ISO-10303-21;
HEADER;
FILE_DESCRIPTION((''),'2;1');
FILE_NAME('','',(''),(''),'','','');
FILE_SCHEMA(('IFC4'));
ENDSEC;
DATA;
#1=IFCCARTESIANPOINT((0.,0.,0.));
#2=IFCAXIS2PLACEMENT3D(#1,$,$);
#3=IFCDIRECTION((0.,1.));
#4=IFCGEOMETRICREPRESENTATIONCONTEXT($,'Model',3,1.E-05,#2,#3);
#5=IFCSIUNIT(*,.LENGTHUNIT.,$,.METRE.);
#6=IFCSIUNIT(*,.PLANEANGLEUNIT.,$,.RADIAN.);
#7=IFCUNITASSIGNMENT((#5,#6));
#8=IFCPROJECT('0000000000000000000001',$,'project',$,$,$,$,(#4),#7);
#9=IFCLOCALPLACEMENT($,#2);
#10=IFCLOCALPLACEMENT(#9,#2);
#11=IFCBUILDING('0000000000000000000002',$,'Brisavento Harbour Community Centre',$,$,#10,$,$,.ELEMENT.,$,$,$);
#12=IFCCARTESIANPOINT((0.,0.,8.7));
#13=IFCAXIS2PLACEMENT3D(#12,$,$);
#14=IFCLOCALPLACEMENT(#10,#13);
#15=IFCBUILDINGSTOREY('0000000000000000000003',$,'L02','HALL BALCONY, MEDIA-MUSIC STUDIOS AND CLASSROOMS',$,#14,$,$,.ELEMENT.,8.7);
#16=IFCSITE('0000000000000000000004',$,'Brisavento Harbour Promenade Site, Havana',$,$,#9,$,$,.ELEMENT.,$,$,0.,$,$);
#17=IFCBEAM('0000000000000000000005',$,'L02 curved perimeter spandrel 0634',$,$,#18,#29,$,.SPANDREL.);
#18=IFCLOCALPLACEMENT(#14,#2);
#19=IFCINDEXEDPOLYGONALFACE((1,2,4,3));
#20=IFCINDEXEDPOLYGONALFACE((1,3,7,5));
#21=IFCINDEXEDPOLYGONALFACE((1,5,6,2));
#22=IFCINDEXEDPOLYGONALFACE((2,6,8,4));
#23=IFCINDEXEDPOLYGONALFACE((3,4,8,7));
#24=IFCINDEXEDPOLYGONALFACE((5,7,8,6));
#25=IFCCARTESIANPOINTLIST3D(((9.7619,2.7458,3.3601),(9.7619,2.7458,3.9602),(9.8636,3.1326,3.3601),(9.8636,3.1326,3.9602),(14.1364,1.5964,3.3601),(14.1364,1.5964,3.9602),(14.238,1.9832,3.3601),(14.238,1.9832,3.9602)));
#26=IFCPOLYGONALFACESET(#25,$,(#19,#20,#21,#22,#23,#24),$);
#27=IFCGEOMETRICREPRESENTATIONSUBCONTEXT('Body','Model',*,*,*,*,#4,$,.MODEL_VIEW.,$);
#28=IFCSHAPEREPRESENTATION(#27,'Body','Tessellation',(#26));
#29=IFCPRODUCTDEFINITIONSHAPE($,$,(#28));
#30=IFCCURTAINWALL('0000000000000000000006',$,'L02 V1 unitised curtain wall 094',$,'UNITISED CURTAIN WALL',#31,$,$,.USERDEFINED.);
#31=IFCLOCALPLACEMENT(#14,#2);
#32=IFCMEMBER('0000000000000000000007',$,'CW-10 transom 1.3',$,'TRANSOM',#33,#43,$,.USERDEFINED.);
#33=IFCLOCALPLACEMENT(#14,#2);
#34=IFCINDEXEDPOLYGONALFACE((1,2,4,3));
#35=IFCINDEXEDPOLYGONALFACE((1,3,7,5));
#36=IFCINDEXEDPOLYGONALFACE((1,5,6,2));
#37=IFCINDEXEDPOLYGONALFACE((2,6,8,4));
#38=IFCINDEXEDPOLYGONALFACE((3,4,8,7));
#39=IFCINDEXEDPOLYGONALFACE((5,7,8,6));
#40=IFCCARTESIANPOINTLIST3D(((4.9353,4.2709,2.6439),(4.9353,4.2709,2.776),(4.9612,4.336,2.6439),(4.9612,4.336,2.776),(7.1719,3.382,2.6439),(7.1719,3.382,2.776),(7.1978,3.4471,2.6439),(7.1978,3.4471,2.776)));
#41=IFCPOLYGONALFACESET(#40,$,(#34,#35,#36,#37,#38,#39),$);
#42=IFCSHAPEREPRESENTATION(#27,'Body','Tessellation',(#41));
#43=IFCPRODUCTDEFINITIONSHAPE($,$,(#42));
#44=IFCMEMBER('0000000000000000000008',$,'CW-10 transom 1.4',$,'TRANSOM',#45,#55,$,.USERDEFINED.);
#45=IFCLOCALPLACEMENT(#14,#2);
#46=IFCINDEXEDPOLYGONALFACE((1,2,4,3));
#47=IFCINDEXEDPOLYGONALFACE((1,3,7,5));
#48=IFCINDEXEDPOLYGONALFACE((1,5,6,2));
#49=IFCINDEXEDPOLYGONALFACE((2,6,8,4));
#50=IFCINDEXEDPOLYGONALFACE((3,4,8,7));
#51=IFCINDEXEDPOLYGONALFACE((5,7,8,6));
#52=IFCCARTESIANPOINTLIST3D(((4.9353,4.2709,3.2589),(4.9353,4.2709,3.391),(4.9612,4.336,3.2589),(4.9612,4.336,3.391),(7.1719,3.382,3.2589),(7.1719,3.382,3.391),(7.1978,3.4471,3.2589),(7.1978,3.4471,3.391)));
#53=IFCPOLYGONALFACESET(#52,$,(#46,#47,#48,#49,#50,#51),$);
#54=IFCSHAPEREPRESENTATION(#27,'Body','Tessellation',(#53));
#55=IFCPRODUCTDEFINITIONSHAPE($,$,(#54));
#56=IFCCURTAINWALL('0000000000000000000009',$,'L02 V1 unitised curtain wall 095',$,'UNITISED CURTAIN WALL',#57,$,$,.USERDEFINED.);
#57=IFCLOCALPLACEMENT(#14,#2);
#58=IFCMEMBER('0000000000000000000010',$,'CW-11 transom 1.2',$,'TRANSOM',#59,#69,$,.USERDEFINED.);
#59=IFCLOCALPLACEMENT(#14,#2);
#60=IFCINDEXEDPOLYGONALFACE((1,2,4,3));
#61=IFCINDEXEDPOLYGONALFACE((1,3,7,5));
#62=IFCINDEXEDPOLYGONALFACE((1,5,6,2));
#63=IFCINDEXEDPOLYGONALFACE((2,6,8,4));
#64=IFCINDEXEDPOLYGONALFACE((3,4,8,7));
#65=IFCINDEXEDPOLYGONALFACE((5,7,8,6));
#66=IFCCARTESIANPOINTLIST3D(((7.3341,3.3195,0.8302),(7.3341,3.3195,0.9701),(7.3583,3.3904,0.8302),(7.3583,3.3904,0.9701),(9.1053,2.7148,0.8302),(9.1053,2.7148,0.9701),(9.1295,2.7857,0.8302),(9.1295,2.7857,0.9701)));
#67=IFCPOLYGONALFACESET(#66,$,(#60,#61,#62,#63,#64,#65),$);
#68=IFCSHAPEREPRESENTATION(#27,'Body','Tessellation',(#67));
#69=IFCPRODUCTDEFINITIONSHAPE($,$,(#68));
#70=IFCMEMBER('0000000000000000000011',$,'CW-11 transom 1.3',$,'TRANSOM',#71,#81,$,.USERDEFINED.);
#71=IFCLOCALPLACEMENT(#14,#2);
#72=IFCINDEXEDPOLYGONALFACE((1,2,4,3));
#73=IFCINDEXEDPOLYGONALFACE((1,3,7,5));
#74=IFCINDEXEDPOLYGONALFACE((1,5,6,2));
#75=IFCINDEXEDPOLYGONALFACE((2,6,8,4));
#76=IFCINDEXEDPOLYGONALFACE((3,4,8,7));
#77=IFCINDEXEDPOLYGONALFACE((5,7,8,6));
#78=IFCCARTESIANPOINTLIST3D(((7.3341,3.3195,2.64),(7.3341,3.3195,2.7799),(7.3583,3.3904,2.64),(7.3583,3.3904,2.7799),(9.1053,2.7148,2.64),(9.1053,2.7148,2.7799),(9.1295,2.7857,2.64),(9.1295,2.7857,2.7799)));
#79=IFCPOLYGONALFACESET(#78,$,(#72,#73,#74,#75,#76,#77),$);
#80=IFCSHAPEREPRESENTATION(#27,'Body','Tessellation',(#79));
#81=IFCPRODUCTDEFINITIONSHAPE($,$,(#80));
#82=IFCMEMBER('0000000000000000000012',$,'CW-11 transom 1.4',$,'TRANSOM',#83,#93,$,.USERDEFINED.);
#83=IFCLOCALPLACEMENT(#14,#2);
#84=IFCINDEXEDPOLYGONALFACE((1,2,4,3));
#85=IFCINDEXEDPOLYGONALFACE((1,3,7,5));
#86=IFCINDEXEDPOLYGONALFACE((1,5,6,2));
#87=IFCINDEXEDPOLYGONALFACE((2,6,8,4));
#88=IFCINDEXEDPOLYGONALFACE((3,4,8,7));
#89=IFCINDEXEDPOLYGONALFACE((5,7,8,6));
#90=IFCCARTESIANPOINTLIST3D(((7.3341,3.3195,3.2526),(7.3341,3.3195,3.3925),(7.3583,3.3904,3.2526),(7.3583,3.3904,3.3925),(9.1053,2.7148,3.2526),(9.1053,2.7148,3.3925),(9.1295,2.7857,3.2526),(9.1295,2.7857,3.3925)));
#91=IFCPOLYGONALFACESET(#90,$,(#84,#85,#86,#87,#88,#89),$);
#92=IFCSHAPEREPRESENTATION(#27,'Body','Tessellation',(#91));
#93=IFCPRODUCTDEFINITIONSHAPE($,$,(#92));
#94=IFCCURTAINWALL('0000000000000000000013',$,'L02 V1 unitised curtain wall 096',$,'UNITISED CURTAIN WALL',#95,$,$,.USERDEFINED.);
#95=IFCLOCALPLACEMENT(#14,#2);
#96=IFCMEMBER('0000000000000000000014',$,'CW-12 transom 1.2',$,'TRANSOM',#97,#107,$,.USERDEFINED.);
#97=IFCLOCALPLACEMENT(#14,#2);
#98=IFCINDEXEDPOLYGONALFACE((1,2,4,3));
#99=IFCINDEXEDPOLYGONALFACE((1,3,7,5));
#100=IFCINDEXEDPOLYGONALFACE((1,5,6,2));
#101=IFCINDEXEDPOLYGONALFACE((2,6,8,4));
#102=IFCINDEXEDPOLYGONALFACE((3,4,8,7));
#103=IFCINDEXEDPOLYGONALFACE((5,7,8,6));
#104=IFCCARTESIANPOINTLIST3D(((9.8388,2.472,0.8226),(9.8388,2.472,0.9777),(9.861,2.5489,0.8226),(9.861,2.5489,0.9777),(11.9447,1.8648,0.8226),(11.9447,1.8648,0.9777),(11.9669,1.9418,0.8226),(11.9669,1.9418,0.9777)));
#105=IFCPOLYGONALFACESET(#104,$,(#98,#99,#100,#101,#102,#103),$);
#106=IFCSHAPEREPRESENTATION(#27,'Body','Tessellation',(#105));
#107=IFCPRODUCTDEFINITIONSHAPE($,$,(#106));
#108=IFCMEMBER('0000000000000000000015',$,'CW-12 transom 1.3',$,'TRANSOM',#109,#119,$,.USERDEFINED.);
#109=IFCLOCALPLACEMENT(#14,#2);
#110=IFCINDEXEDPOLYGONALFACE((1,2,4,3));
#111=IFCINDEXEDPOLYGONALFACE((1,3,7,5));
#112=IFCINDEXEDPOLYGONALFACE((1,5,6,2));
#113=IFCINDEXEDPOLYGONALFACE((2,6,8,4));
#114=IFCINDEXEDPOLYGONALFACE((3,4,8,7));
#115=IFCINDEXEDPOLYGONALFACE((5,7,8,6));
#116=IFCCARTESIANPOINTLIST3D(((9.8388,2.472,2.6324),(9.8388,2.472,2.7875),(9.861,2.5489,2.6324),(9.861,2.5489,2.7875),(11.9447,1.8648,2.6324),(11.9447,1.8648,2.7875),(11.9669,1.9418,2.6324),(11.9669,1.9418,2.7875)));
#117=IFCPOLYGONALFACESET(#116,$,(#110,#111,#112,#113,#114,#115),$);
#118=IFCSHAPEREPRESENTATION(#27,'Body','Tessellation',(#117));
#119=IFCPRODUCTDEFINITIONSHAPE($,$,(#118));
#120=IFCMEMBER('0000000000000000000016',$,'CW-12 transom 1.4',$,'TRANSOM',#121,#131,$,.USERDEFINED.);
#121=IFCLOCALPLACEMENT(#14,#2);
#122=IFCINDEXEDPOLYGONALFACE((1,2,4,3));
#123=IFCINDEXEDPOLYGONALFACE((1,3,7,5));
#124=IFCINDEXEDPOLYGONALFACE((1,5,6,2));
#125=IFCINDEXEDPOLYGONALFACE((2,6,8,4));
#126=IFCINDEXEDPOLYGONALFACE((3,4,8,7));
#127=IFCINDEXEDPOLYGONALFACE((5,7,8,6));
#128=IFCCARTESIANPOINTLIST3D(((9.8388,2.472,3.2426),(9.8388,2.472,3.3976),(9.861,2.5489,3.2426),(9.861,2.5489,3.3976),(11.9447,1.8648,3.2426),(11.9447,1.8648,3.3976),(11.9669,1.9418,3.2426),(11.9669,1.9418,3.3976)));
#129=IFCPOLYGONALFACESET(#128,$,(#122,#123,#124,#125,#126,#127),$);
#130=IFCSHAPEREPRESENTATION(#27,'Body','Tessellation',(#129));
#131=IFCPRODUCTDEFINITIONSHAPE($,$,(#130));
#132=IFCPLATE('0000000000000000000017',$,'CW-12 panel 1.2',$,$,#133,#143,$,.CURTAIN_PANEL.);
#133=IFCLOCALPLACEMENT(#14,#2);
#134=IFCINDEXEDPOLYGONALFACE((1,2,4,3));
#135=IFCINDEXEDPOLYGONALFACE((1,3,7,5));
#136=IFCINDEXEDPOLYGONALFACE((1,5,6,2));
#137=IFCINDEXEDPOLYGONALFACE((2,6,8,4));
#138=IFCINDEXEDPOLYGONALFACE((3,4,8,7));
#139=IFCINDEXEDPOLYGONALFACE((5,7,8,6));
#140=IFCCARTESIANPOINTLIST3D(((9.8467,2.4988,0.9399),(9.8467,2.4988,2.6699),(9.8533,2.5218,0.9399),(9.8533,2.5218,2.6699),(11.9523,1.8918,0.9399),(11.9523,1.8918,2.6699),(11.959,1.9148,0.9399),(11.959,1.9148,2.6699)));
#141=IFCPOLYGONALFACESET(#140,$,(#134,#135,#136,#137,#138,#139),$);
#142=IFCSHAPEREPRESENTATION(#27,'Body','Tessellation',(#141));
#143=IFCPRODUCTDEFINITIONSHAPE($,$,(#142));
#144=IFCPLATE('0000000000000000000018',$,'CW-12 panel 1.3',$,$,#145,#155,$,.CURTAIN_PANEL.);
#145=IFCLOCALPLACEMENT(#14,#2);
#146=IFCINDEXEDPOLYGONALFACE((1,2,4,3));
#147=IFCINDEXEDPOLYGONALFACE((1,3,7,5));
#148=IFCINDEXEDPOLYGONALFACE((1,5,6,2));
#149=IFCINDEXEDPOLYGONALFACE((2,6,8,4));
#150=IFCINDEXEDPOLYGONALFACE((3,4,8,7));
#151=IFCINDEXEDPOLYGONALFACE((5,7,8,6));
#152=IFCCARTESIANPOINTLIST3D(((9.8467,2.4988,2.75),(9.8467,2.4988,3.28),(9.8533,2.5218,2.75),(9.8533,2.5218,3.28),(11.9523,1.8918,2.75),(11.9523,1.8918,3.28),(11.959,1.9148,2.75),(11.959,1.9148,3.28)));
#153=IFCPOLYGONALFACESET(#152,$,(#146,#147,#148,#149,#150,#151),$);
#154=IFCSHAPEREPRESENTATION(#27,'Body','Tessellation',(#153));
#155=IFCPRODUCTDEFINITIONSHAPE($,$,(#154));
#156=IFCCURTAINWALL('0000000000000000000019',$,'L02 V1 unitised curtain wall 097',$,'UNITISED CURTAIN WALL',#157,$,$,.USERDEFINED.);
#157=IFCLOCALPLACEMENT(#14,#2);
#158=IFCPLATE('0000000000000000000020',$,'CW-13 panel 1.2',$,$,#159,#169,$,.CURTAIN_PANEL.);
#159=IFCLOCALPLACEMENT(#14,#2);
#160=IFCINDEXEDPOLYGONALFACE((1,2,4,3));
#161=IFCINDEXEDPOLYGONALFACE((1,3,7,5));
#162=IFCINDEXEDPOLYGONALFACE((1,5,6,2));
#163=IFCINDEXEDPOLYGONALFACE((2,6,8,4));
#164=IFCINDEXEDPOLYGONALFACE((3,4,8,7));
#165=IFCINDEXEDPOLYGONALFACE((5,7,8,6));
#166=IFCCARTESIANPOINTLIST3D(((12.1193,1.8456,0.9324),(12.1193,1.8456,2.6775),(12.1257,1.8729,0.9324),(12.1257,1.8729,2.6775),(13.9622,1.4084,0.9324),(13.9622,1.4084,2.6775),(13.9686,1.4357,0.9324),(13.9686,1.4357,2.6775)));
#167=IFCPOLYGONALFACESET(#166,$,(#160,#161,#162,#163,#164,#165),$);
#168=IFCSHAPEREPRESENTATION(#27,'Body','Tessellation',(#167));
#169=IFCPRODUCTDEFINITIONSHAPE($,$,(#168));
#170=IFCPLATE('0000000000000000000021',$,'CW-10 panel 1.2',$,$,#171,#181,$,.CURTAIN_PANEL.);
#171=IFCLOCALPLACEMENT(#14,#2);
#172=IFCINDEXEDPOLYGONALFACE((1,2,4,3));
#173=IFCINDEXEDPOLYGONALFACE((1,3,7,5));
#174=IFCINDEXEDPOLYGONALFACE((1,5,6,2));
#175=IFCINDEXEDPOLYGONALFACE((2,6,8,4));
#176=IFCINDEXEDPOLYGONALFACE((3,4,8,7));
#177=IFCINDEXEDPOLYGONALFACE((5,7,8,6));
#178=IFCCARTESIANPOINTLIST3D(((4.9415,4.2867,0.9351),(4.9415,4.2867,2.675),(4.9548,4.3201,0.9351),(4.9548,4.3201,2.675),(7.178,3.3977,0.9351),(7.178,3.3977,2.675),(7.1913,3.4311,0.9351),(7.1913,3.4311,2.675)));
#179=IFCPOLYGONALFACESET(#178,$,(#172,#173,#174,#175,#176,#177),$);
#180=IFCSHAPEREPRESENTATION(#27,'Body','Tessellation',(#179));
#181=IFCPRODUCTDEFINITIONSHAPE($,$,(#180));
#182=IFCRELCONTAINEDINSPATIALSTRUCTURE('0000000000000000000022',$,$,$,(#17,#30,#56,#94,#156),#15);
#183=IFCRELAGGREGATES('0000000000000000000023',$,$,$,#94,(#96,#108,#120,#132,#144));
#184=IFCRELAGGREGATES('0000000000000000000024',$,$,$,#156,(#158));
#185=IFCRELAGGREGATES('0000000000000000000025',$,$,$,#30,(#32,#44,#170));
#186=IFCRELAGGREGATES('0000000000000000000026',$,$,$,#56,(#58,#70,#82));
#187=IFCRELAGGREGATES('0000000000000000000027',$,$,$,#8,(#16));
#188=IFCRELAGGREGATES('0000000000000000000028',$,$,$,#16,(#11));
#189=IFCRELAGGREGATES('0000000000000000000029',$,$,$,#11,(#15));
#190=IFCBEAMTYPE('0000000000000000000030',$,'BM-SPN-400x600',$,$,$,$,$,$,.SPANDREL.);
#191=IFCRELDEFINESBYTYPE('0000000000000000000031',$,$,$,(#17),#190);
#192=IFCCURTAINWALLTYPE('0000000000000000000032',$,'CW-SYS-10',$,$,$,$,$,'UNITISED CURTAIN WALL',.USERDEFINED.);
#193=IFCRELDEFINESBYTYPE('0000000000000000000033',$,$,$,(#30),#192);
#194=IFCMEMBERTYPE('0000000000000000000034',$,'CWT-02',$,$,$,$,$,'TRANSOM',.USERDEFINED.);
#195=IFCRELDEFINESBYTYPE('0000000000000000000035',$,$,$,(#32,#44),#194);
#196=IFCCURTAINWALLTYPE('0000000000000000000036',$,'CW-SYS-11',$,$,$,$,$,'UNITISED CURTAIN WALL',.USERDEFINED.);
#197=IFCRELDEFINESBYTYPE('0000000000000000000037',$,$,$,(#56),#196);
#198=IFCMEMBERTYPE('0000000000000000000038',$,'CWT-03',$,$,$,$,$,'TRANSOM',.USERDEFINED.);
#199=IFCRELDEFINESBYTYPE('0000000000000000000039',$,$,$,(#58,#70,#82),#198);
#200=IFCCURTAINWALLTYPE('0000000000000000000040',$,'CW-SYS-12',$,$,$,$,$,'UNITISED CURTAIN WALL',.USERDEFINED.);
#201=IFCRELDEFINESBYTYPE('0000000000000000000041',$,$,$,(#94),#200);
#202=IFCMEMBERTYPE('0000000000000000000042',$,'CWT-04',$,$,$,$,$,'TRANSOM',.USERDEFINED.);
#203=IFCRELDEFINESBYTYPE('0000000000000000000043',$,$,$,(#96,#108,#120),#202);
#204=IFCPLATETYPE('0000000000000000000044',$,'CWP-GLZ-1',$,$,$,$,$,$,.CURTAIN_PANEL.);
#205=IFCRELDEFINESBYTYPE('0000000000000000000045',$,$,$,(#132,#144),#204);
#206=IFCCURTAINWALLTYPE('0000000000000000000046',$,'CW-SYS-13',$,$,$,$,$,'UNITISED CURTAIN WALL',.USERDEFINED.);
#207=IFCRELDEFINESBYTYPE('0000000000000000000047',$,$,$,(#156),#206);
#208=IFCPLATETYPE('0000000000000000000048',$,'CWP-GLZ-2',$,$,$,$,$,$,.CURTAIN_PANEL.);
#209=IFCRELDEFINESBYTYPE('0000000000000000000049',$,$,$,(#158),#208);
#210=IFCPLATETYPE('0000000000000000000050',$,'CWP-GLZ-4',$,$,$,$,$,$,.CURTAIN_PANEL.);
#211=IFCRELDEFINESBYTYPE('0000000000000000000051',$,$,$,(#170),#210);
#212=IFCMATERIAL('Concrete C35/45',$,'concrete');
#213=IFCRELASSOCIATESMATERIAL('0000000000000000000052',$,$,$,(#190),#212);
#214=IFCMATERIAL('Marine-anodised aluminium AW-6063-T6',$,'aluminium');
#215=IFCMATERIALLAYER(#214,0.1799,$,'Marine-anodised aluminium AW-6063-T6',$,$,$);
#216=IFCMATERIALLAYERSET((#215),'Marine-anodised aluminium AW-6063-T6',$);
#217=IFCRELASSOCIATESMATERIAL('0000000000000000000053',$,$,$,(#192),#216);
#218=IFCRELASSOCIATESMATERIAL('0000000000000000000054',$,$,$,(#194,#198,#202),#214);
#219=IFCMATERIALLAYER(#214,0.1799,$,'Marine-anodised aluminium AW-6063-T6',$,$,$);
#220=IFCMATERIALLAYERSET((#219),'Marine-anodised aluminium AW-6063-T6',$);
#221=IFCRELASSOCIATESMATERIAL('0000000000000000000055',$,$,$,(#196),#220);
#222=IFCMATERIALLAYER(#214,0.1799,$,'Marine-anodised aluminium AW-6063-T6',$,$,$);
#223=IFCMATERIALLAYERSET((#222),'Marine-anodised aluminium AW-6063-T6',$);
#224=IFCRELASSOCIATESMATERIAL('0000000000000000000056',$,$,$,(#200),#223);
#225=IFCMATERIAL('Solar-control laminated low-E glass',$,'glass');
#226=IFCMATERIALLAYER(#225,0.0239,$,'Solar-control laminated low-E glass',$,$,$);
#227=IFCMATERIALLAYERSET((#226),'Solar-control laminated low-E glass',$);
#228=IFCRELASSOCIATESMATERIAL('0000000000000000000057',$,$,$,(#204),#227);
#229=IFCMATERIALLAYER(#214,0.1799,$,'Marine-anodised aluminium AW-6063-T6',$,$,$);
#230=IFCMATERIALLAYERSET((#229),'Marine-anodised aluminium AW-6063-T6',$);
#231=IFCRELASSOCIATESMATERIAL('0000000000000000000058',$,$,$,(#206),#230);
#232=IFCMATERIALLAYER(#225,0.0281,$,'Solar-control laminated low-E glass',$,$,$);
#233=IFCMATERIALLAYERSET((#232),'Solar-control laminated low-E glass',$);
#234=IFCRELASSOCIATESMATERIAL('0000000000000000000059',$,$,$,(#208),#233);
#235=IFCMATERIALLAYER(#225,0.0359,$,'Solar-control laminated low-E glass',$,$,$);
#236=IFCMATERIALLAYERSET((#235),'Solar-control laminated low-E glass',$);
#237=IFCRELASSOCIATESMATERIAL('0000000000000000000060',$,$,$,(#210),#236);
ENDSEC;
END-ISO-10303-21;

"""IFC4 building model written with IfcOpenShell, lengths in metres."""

from ifc_helpers import new_model, si_unit, direction, frame, origin, origin_2d, place, context, subcontext, project, spatial, rectangle, extrude, material, layer, layer_set, material_profile, profile_set, type_object, element, aggregate, save


model = new_model("IFC4")

# Units and contexts
model_context = context("Model", 3, precision=1e-05, world=origin(), true_north=direction((0.0, 1.0)))
body_context = subcontext(model_context, "Body", "Model", "MODEL_VIEW")
ifc_project = project(units=[si_unit("LENGTHUNIT", "METRE"), si_unit("PLANEANGLEUNIT", "RADIAN")], contexts=[model_context])

# Site, building, storey
site_placement = place(None, origin())
site = spatial("IfcSite", under=ifc_project, at=site_placement, Name="Brisavento Harbour Promenade Site, Havana", CompositionType="ELEMENT", RefElevation=0.0)
building_placement = place(site_placement, origin())
building = spatial("IfcBuilding", under=site, at=building_placement, Name="Brisavento Harbour Community Centre", CompositionType="ELEMENT")
storey_placement = place(building_placement, frame((0.0, 0.0, 8.7)))
storey = spatial("IfcBuildingStorey", under=building, at=storey_placement, Name="L02", Description="HALL BALCONY, MEDIA-MUSIC STUDIOS AND CLASSROOMS", CompositionType="ELEMENT", Elevation=8.7)

# Beam
ifc_material_1 = material(Name="Concrete C35/45", Category="concrete")
ifc_material_profile_1 = material_profile(ifc_material_1, rectangle(XDim=0.3999, YDim=0.6001, at=origin_2d()), Name="Concrete C35/45")
ifc_profile_set_1 = profile_set([ifc_material_profile_1], Name="Concrete C35/45")
beam_type = type_object("IfcBeamType", Name="BM-SPN-400x600", PredefinedType="SPANDREL", material=ifc_profile_set_1)
beam_placement = place(storey_placement, frame((9.8127, 2.9392, 3.6602), z_axis=(0.967171, -0.254127, 0.0), x_axis=(0.254127, 0.967171, 0.0)))
element("IfcBeam", 1, at=beam_placement, inside=storey, type_object=beam_type, Name="L02 curved perimeter spandrel 0634", PredefinedType="SPANDREL", context=body_context, shape_type="SweptSolid", body=[
    extrude(rectangle(XDim=0.3999, YDim=0.6001, at=origin_2d()), origin(), (0.0, 0.0, 1.0), 4.5229),
])

# Curtain walls, members
ifc_material_2 = material(Name="Marine-anodised aluminium AW-6063-T6", Category="aluminium")
ifc_layer_1 = layer(ifc_material_2, 0.1799, Name="Marine-anodised aluminium AW-6063-T6")
ifc_layer_set_1 = layer_set([ifc_layer_1], Name="Marine-anodised aluminium AW-6063-T6")
curtain_wall_type_1 = type_object("IfcCurtainWallType", Name="CW-SYS-10", ElementType="UNITISED CURTAIN WALL", PredefinedType="USERDEFINED", material=ifc_layer_set_1)
curtain_wall_1_placement = place(storey_placement, origin())
curtain_wall_1 = element("IfcCurtainWall", 2, at=curtain_wall_1_placement, inside=storey, type_object=curtain_wall_type_1, Name="L02 V1 unitised curtain wall 094", ObjectType="UNITISED CURTAIN WALL", PredefinedType="USERDEFINED")
ifc_material_profile_2 = material_profile(ifc_material_2, rectangle(XDim=0.0701, YDim=0.1321, at=origin_2d()), Name="Marine-anodised aluminium AW-6063-T6")
ifc_profile_set_2 = profile_set([ifc_material_profile_2], Name="Marine-anodised aluminium AW-6063-T6")
member_type_1 = type_object("IfcMemberType", Name="CWT-02", ElementType="TRANSOM", PredefinedType="USERDEFINED", material=ifc_profile_set_2)
member_1_placement = place(storey_placement, frame((7.1848, 3.4146, 2.71), z_axis=(-0.929293, 0.369343, 0.0), x_axis=(-0.369343, -0.929293, 0.0)))
member_1 = element("IfcMember", 3, at=member_1_placement, type_object=member_type_1, Name="CW-10 transom 1.3", ObjectType="TRANSOM", PredefinedType="USERDEFINED", context=body_context, shape_type="SweptSolid", body=[
    extrude(rectangle(XDim=0.0701, YDim=0.1321, at=origin_2d()), origin(), (0.0, 0.0, 1.0), 2.4067),
])
member_2_placement = place(storey_placement, frame((7.1848, 3.4146, 3.325), z_axis=(-0.929293, 0.369343, 0.0), x_axis=(-0.369343, -0.929293, 0.0)))
member_2 = element("IfcMember", 4, at=member_2_placement, type_object=member_type_1, Name="CW-10 transom 1.4", ObjectType="TRANSOM", PredefinedType="USERDEFINED", context=body_context, shape_type="SweptSolid", body=[
    extrude(rectangle(XDim=0.0701, YDim=0.1321, at=origin_2d()), origin(), (0.0, 0.0, 1.0), 2.4067),
])
ifc_layer_2 = layer(ifc_material_2, 0.1799, Name="Marine-anodised aluminium AW-6063-T6")
ifc_layer_set_2 = layer_set([ifc_layer_2], Name="Marine-anodised aluminium AW-6063-T6")
curtain_wall_type_2 = type_object("IfcCurtainWallType", Name="CW-SYS-11", ElementType="UNITISED CURTAIN WALL", PredefinedType="USERDEFINED", material=ifc_layer_set_2)
curtain_wall_2_placement = place(storey_placement, origin())
curtain_wall_2 = element("IfcCurtainWall", 5, at=curtain_wall_2_placement, inside=storey, type_object=curtain_wall_type_2, Name="L02 V1 unitised curtain wall 095", ObjectType="UNITISED CURTAIN WALL", PredefinedType="USERDEFINED")
ifc_material_profile_3 = material_profile(ifc_material_2, rectangle(XDim=0.075, YDim=0.1399, at=origin_2d()), Name="Marine-anodised aluminium AW-6063-T6")
ifc_profile_set_3 = profile_set([ifc_material_profile_3], Name="Marine-anodised aluminium AW-6063-T6")
member_type_2 = type_object("IfcMemberType", Name="CWT-03", ElementType="TRANSOM", PredefinedType="USERDEFINED", material=ifc_profile_set_3)
member_3_placement = place(storey_placement, frame((9.1174, 2.7502, 0.9001), z_axis=(-0.946363, 0.323107, 0.0), x_axis=(-0.323107, -0.946363, 0.0)))
member_3 = element("IfcMember", 6, at=member_3_placement, type_object=member_type_2, Name="CW-11 transom 1.2", ObjectType="TRANSOM", PredefinedType="USERDEFINED", context=body_context, shape_type="SweptSolid", body=[
    extrude(rectangle(XDim=0.075, YDim=0.1399, at=origin_2d()), origin(), (0.0, 0.0, 1.0), 1.8716),
])
member_4_placement = place(storey_placement, frame((9.1174, 2.7502, 2.71), z_axis=(-0.946363, 0.323107, 0.0), x_axis=(-0.323107, -0.946363, 0.0)))
member_4 = element("IfcMember", 7, at=member_4_placement, type_object=member_type_2, Name="CW-11 transom 1.3", ObjectType="TRANSOM", PredefinedType="USERDEFINED", context=body_context, shape_type="SweptSolid", body=[
    extrude(rectangle(XDim=0.075, YDim=0.1399, at=origin_2d()), origin(), (0.0, 0.0, 1.0), 1.8716),
])
member_5_placement = place(storey_placement, frame((9.1174, 2.7502, 3.3225), z_axis=(-0.946363, 0.323107, 0.0), x_axis=(-0.323107, -0.946363, 0.0)))
member_5 = element("IfcMember", 8, at=member_5_placement, type_object=member_type_2, Name="CW-11 transom 1.4", ObjectType="TRANSOM", PredefinedType="USERDEFINED", context=body_context, shape_type="SweptSolid", body=[
    extrude(rectangle(XDim=0.075, YDim=0.1399, at=origin_2d()), origin(), (0.0, 0.0, 1.0), 1.8716),
])

# Curtain wall, members, plates
ifc_layer_3 = layer(ifc_material_2, 0.1799, Name="Marine-anodised aluminium AW-6063-T6")
ifc_layer_set_3 = layer_set([ifc_layer_3], Name="Marine-anodised aluminium AW-6063-T6")
curtain_wall_type_3 = type_object("IfcCurtainWallType", Name="CW-SYS-12", ElementType="UNITISED CURTAIN WALL", PredefinedType="USERDEFINED", material=ifc_layer_set_3)
curtain_wall_3_placement = place(storey_placement, origin())
curtain_wall_3 = element("IfcCurtainWall", 9, at=curtain_wall_3_placement, inside=storey, type_object=curtain_wall_type_3, Name="L02 V1 unitised curtain wall 096", ObjectType="UNITISED CURTAIN WALL", PredefinedType="USERDEFINED")
ifc_material_profile_4 = material_profile(ifc_material_2, rectangle(XDim=0.0801, YDim=0.155, at=origin_2d()), Name="Marine-anodised aluminium AW-6063-T6")
ifc_profile_set_4 = profile_set([ifc_material_profile_4], Name="Marine-anodised aluminium AW-6063-T6")
member_type_3 = type_object("IfcMemberType", Name="CWT-04", ElementType="TRANSOM", PredefinedType="USERDEFINED", material=ifc_profile_set_4)
member_6_placement = place(storey_placement, frame((11.9558, 1.9033, 0.9001), z_axis=(-0.960861, 0.27703, 0.0), x_axis=(-0.27703, -0.960861, 0.0)))
member_6 = element("IfcMember", 10, at=member_6_placement, type_object=member_type_3, Name="CW-12 transom 1.2", ObjectType="TRANSOM", PredefinedType="USERDEFINED", context=body_context, shape_type="SweptSolid", body=[
    extrude(rectangle(XDim=0.0801, YDim=0.155, at=origin_2d()), origin(), (0.0, 0.0, 1.0), 2.1917),
])
member_7_placement = place(storey_placement, frame((11.9558, 1.9033, 2.71), z_axis=(-0.960861, 0.27703, 0.0), x_axis=(-0.27703, -0.960861, 0.0)))
member_7 = element("IfcMember", 11, at=member_7_placement, type_object=member_type_3, Name="CW-12 transom 1.3", ObjectType="TRANSOM", PredefinedType="USERDEFINED", context=body_context, shape_type="SweptSolid", body=[
    extrude(rectangle(XDim=0.0801, YDim=0.155, at=origin_2d()), origin(), (0.0, 0.0, 1.0), 2.1917),
])
member_8_placement = place(storey_placement, frame((11.9558, 1.9033, 3.3201), z_axis=(-0.960861, 0.27703, 0.0), x_axis=(-0.27703, -0.960861, 0.0)))
member_8 = element("IfcMember", 12, at=member_8_placement, type_object=member_type_3, Name="CW-12 transom 1.4", ObjectType="TRANSOM", PredefinedType="USERDEFINED", context=body_context, shape_type="SweptSolid", body=[
    extrude(rectangle(XDim=0.0801, YDim=0.155, at=origin_2d()), origin(), (0.0, 0.0, 1.0), 2.1917),
])
ifc_material_3 = material(Name="Solar-control laminated low-E glass", Category="glass")
ifc_layer_4 = layer(ifc_material_3, 0.0239, Name="Solar-control laminated low-E glass")
ifc_layer_set_4 = layer_set([ifc_layer_4], Name="Solar-control laminated low-E glass")
plate_type_1 = type_object("IfcPlateType", Name="CWP-GLZ-1", PredefinedType="CURTAIN_PANEL", material=ifc_layer_set_4)
plate_1_placement = place(storey_placement, frame((10.9028, 2.2068, 0.9399), z_axis=(0.0, 0.0, 1.0), x_axis=(-0.960866, 0.277012, 0.0)))
plate_1 = element("IfcPlate", 13, at=plate_1_placement, type_object=plate_type_1, Name="CW-12 panel 1.2", PredefinedType="CURTAIN_PANEL", context=body_context, shape_type="SweptSolid", body=[
    extrude(rectangle(XDim=2.1914, YDim=0.0239, at=origin_2d()), origin(), (0.0, 0.0, 1.0), 1.73),
])
plate_2_placement = place(storey_placement, frame((10.9028, 2.2068, 2.75), z_axis=(0.0, 0.0, 1.0), x_axis=(-0.960866, 0.277012, 0.0)))
plate_2 = element("IfcPlate", 14, at=plate_2_placement, type_object=plate_type_1, Name="CW-12 panel 1.3", PredefinedType="CURTAIN_PANEL", context=body_context, shape_type="SweptSolid", body=[
    extrude(rectangle(XDim=2.1914, YDim=0.0239, at=origin_2d()), origin(), (0.0, 0.0, 1.0), 0.53),
])
aggregate(curtain_wall_3, [member_6, member_7, member_8, plate_1, plate_2])

# Curtain wall, plate
ifc_layer_5 = layer(ifc_material_2, 0.1799, Name="Marine-anodised aluminium AW-6063-T6")
ifc_layer_set_5 = layer_set([ifc_layer_5], Name="Marine-anodised aluminium AW-6063-T6")
curtain_wall_type_4 = type_object("IfcCurtainWallType", Name="CW-SYS-13", ElementType="UNITISED CURTAIN WALL", PredefinedType="USERDEFINED", material=ifc_layer_set_5)
curtain_wall_4_placement = place(storey_placement, origin())
curtain_wall_4 = element("IfcCurtainWall", 15, at=curtain_wall_4_placement, inside=storey, type_object=curtain_wall_type_4, Name="L02 V1 unitised curtain wall 097", ObjectType="UNITISED CURTAIN WALL", PredefinedType="USERDEFINED")
ifc_layer_6 = layer(ifc_material_3, 0.0281, Name="Solar-control laminated low-E glass")
ifc_layer_set_6 = layer_set([ifc_layer_6], Name="Solar-control laminated low-E glass")
plate_type_2 = type_object("IfcPlateType", Name="CWP-GLZ-2", PredefinedType="CURTAIN_PANEL", material=ifc_layer_set_6)
plate_3_placement = place(storey_placement, frame((13.0439, 1.6406, 0.9324), z_axis=(0.0, 0.0, 1.0), x_axis=(-0.972998, 0.230812, 0.0)))
plate_3 = element("IfcPlate", 16, at=plate_3_placement, type_object=plate_type_2, Name="CW-13 panel 1.2", PredefinedType="CURTAIN_PANEL", context=body_context, shape_type="SweptSolid", body=[
    extrude(rectangle(XDim=1.894, YDim=0.0281, at=origin_2d()), origin(), (0.0, 0.0, 1.0), 1.7451),
])
aggregate(curtain_wall_4, [plate_3])

# Plate
ifc_layer_7 = layer(ifc_material_3, 0.0359, Name="Solar-control laminated low-E glass")
ifc_layer_set_7 = layer_set([ifc_layer_7], Name="Solar-control laminated low-E glass")
plate_type_3 = type_object("IfcPlateType", Name="CWP-GLZ-4", PredefinedType="CURTAIN_PANEL", material=ifc_layer_set_7)
plate_4_placement = place(storey_placement, frame((6.0664, 3.8589, 0.9351), z_axis=(0.0, 0.0, 1.0), x_axis=(-0.929279, 0.369379, 0.0)))
plate_4 = element("IfcPlate", 17, at=plate_4_placement, type_object=plate_type_3, Name="CW-10 panel 1.2", PredefinedType="CURTAIN_PANEL", context=body_context, shape_type="SweptSolid", body=[
    extrude(rectangle(XDim=2.4067, YDim=0.0359, at=origin_2d()), origin(), (0.0, 0.0, 1.0), 1.74),
])
aggregate(curtain_wall_1, [member_1, member_2, plate_4])
aggregate(curtain_wall_2, [member_3, member_4, member_5])

save(model, "model.ifc")
